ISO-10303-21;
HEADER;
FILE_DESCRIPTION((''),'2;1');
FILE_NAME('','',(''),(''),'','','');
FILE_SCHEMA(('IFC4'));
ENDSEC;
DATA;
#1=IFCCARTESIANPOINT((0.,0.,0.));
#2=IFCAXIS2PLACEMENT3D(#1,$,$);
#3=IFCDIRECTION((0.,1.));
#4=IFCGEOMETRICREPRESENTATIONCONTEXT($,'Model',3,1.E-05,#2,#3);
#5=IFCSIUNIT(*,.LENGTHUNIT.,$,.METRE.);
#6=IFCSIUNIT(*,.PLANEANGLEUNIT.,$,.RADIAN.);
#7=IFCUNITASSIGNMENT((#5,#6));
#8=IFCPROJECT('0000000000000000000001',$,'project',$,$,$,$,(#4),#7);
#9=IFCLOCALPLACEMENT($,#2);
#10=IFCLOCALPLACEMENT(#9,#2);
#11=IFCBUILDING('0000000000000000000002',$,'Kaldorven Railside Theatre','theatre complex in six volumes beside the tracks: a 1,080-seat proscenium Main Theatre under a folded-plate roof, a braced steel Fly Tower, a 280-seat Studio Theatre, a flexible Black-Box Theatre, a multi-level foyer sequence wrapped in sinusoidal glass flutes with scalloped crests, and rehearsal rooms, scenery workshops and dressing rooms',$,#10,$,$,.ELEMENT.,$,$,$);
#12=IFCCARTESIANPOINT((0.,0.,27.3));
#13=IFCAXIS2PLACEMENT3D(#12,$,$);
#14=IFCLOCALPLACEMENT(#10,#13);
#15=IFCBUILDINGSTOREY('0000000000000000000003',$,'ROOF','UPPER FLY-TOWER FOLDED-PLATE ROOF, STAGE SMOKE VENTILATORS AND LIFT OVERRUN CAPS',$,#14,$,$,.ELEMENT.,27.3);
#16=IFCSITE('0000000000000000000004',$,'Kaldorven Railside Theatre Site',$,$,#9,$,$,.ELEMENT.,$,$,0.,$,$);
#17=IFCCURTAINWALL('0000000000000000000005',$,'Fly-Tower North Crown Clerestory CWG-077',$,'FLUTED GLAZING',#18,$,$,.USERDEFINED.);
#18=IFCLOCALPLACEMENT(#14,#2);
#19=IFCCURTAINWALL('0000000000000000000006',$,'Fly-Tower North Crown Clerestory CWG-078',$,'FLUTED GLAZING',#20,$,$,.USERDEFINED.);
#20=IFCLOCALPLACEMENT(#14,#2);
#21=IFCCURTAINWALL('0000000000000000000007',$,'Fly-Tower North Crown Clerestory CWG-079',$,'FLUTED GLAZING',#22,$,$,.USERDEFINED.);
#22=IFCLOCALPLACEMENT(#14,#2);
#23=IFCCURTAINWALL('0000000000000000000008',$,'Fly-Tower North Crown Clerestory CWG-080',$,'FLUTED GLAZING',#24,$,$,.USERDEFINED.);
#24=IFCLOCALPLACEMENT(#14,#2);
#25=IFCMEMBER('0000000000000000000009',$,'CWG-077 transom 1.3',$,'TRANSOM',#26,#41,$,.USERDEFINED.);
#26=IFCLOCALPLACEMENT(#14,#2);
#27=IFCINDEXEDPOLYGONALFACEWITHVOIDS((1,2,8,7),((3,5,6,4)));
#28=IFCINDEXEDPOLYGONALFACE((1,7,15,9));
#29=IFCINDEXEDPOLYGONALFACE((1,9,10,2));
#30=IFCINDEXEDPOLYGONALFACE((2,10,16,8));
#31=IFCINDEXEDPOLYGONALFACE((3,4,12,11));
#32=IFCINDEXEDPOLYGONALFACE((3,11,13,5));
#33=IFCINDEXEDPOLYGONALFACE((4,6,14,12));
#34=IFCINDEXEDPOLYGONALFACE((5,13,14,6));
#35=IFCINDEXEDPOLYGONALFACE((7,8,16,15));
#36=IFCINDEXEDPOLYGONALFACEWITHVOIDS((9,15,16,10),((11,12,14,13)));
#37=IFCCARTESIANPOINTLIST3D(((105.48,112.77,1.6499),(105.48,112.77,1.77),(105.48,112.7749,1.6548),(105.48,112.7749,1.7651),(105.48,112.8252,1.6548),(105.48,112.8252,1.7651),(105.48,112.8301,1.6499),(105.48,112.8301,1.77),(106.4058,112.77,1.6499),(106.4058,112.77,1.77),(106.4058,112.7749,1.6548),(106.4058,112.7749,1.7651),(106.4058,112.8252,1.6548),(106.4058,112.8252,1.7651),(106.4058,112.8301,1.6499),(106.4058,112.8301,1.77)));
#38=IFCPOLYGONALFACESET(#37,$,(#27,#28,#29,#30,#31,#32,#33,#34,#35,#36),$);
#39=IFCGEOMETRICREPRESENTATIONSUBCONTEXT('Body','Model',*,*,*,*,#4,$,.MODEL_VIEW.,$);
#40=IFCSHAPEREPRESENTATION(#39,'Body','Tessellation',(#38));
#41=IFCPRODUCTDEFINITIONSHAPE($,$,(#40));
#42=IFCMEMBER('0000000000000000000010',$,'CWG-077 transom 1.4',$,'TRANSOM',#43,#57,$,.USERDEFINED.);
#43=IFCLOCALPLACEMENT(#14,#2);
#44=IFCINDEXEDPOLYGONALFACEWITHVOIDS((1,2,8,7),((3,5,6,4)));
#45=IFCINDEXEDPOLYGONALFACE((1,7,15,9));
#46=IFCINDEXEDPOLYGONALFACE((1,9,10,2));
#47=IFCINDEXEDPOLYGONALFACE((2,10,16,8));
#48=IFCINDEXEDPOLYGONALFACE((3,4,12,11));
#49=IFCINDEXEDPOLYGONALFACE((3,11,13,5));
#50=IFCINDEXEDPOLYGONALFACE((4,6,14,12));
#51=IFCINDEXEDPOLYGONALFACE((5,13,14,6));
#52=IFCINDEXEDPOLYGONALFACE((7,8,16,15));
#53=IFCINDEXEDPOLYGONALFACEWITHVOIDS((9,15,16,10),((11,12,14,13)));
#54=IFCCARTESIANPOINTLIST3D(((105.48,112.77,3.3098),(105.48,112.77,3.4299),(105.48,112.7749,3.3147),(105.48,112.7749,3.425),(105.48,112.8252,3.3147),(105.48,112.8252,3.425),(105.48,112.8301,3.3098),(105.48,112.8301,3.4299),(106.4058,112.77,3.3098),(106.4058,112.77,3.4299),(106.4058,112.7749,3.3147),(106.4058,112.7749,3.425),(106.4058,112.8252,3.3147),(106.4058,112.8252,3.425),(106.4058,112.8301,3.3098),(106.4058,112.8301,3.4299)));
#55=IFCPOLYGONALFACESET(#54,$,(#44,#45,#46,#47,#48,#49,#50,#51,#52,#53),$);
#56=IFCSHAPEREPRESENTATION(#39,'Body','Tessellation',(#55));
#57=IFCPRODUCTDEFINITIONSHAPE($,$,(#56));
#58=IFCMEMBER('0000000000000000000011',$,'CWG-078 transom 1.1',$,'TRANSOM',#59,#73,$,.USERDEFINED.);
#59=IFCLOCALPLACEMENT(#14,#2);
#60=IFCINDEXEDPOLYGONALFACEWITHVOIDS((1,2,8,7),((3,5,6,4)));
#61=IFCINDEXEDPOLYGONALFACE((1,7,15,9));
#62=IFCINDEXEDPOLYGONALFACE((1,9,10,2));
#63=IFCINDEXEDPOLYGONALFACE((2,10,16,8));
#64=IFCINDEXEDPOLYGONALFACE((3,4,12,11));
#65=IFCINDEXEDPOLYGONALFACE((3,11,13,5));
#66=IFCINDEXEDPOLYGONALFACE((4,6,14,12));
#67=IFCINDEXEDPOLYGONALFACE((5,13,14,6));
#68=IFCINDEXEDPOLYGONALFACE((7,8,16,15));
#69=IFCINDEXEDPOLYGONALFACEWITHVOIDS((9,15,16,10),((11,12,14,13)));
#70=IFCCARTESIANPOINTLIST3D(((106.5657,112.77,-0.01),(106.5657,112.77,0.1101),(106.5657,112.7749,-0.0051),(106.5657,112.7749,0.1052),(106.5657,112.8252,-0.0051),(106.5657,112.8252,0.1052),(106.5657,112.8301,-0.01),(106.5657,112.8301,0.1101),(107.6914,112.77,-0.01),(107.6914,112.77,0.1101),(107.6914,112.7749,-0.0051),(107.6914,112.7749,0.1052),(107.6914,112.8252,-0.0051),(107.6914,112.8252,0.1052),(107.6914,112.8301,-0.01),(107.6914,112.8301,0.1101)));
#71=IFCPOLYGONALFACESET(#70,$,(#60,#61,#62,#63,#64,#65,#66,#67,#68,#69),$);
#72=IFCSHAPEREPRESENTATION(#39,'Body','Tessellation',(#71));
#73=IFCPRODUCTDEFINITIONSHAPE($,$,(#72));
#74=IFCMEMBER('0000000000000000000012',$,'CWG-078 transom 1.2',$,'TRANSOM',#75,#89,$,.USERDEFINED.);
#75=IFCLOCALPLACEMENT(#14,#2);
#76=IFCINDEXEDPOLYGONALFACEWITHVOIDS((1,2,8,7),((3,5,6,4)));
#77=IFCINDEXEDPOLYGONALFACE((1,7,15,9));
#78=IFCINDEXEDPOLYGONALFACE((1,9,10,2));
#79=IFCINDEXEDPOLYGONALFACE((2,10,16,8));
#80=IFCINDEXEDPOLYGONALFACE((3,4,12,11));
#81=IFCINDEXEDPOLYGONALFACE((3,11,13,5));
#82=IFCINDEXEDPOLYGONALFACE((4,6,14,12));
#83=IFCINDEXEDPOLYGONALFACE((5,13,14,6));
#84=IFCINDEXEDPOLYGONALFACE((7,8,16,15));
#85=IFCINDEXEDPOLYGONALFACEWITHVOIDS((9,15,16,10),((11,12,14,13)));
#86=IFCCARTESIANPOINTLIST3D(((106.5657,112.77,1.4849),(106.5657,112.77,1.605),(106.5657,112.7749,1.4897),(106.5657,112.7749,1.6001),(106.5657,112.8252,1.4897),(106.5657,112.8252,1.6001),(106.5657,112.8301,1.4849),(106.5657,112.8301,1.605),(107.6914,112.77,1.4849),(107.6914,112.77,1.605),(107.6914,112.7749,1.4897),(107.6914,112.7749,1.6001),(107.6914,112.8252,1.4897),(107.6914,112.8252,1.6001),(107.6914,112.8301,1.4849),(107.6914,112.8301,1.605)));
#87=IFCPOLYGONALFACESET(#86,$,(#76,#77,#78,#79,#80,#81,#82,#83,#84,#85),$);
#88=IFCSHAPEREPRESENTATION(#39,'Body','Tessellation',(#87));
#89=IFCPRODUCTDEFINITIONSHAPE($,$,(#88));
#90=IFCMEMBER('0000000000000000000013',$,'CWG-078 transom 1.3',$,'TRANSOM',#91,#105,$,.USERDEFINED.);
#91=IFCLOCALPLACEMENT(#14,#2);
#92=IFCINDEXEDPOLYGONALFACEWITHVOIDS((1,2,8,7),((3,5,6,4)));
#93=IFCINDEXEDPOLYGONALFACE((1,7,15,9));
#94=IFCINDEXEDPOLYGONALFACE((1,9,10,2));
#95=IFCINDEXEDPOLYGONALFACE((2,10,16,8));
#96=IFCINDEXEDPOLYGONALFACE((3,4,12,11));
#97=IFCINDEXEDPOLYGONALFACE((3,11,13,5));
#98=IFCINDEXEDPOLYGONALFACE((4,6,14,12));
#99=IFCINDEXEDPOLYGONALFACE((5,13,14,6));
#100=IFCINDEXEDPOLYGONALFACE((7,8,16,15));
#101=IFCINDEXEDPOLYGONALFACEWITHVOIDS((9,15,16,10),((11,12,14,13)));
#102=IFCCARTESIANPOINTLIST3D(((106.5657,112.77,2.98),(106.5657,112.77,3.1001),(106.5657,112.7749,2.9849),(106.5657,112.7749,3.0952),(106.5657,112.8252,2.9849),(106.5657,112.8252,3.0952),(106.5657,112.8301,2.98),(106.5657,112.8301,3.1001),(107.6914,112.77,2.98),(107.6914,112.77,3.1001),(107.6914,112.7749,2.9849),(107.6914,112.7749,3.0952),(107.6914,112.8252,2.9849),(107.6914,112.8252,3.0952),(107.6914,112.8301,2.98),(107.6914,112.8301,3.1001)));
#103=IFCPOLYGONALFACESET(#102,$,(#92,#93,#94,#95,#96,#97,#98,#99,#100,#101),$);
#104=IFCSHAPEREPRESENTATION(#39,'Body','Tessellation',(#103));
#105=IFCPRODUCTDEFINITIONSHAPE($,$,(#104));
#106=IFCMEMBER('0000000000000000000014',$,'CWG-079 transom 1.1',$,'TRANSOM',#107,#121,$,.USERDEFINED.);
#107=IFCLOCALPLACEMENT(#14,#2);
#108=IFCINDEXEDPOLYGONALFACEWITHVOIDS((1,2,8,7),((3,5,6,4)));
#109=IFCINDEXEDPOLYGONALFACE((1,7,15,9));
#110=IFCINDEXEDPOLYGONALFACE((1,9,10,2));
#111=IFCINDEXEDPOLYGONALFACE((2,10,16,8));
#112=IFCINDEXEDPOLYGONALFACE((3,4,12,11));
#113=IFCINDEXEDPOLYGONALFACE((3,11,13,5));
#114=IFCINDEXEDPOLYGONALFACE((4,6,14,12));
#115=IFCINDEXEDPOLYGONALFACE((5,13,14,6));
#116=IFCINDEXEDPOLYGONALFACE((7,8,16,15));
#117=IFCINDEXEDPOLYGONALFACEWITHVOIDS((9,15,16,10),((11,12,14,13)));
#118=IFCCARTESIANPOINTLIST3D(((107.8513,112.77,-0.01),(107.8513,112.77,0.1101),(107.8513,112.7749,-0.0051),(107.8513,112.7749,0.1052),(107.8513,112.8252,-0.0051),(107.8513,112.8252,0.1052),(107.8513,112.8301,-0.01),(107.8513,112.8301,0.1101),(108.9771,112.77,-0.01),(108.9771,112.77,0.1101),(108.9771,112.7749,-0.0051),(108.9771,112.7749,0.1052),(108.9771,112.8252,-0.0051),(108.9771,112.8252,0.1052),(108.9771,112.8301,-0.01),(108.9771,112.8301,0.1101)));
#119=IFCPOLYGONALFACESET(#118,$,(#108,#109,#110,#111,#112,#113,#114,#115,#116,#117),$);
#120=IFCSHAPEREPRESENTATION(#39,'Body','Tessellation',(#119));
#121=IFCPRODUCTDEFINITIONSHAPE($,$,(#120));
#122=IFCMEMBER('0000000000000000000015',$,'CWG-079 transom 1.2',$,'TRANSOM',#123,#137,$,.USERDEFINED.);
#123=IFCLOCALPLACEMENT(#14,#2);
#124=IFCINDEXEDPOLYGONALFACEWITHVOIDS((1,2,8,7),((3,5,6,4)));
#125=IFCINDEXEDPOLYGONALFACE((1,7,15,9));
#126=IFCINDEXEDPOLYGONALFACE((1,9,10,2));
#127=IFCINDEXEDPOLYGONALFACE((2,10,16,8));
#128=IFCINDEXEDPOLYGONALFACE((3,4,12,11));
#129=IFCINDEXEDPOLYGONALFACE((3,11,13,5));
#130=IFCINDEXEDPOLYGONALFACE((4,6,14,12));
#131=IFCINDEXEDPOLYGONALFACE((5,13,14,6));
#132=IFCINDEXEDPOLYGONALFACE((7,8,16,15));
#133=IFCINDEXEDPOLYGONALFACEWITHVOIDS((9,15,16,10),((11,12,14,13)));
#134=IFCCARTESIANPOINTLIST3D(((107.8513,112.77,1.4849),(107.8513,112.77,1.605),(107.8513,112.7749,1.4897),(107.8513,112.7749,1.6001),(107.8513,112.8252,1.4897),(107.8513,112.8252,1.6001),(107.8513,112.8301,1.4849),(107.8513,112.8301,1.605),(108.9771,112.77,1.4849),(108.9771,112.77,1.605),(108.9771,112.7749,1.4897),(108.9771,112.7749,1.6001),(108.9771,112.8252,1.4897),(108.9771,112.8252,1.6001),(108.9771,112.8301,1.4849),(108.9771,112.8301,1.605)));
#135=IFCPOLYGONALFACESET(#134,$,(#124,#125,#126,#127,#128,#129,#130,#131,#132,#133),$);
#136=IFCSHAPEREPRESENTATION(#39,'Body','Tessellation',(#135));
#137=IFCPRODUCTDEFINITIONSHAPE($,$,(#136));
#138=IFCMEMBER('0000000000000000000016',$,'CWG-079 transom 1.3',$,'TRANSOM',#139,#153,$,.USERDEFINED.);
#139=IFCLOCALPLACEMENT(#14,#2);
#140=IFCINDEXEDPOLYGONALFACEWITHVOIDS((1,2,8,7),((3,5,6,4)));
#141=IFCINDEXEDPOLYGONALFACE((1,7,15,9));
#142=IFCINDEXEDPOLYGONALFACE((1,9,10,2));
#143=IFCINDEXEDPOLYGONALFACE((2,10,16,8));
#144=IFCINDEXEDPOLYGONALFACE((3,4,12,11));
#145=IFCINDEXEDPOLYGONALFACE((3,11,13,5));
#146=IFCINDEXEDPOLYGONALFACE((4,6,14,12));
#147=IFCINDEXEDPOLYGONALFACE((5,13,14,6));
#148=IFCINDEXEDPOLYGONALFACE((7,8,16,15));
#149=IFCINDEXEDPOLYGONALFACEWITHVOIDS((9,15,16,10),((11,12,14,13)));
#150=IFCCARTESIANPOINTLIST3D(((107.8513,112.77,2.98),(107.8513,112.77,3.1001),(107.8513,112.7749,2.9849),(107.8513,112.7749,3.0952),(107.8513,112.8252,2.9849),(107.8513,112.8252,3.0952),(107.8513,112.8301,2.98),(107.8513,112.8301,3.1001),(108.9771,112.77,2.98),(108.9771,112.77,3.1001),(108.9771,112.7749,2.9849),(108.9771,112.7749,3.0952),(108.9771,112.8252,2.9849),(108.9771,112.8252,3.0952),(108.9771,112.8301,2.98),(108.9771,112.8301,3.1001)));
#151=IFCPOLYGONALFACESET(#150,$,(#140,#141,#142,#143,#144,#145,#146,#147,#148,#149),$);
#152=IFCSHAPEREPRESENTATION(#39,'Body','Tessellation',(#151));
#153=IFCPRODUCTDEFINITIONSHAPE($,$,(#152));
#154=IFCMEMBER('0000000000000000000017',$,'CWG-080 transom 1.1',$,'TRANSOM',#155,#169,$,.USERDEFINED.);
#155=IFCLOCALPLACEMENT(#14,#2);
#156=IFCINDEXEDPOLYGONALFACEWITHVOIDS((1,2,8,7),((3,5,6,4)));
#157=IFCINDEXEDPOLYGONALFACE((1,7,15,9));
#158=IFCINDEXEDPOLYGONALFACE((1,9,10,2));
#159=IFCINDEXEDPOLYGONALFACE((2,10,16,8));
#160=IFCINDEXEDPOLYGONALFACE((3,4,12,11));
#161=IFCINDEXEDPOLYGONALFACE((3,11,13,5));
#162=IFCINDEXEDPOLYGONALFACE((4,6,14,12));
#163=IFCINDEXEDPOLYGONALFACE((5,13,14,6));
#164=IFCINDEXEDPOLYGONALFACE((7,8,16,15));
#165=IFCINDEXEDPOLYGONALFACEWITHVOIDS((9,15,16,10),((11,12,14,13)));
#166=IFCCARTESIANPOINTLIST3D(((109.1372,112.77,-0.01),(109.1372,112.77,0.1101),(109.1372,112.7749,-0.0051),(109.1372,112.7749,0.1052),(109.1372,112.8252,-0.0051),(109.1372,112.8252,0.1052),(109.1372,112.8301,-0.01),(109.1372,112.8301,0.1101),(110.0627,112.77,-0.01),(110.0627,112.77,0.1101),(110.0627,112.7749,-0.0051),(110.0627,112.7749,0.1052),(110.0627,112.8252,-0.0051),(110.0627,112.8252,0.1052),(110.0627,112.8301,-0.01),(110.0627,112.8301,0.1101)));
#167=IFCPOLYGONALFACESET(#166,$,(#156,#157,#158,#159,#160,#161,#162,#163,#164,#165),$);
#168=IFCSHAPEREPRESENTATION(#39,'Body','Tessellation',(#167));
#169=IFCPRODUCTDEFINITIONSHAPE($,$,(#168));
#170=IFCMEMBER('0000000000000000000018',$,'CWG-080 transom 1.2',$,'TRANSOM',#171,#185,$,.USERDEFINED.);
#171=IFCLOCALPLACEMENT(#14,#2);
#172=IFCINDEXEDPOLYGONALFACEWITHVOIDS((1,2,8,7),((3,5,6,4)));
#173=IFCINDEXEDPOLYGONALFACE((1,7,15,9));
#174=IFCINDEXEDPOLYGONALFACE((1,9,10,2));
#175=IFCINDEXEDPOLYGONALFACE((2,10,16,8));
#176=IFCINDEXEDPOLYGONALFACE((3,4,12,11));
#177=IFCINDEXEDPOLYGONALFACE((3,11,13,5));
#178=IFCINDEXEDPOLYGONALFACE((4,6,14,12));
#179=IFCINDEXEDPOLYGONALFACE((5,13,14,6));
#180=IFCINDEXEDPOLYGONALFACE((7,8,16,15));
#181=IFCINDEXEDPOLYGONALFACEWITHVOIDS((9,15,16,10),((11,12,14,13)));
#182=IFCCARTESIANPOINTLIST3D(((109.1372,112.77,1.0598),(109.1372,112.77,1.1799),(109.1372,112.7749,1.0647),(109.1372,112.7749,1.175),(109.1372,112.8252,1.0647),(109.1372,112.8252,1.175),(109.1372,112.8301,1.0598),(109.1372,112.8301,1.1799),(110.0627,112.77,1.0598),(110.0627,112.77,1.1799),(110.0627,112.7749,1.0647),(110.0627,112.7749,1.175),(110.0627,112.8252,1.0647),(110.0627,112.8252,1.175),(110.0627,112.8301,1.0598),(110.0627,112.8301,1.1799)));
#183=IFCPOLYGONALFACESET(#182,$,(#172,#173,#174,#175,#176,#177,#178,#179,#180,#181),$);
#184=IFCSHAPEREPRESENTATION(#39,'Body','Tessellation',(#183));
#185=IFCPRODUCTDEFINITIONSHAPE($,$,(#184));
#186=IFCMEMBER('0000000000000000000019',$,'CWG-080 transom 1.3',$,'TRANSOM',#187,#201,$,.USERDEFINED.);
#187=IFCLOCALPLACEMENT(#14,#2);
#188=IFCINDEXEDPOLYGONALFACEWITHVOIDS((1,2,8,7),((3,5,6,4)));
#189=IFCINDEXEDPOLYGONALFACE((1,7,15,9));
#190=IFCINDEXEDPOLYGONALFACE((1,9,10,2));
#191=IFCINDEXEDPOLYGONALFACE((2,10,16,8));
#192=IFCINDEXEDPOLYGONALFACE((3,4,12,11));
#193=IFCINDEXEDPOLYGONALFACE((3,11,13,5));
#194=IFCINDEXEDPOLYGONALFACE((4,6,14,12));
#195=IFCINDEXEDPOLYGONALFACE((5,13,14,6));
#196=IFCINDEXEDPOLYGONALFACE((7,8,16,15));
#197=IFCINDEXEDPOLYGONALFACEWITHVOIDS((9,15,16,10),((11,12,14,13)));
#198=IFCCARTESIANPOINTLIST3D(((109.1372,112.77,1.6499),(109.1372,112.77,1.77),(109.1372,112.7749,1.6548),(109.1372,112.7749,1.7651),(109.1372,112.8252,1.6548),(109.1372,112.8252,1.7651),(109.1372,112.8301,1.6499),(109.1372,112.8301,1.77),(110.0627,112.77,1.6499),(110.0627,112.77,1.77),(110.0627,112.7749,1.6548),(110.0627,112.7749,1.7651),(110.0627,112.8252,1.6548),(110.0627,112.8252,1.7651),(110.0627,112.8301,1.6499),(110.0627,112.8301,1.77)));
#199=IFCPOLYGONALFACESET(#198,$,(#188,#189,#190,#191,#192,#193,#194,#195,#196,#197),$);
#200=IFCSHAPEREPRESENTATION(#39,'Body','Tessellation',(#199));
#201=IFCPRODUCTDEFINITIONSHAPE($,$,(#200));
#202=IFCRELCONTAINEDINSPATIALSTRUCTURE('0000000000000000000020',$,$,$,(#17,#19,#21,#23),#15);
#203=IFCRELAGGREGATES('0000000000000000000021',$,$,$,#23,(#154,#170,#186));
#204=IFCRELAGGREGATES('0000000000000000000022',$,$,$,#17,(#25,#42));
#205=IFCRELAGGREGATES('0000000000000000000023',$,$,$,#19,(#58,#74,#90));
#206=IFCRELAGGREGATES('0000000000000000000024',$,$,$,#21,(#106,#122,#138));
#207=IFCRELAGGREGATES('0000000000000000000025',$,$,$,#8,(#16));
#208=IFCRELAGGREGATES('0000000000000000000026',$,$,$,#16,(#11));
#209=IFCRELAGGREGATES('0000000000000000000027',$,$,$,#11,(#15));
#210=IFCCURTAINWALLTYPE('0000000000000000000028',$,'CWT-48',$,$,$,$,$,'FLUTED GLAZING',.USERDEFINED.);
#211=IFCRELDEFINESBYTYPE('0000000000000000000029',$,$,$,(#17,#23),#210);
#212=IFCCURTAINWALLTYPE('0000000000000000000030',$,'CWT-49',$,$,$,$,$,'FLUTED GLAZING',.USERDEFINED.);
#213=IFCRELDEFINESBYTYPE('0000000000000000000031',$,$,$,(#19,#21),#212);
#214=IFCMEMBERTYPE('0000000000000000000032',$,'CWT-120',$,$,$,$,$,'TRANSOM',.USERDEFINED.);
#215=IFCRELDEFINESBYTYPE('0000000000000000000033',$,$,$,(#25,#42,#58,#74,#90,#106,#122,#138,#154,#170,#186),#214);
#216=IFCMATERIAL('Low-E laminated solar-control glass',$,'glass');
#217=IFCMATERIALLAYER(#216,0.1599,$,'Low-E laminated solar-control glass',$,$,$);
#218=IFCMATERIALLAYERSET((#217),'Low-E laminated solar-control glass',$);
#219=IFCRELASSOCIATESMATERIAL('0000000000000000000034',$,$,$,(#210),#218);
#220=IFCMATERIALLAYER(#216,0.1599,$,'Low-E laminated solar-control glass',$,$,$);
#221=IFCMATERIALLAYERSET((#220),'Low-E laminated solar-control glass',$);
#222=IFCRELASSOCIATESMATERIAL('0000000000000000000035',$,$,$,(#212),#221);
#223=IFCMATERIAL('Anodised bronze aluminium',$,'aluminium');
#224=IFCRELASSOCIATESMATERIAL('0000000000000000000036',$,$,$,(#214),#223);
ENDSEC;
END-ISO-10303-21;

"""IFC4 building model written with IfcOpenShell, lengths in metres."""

from ifc_helpers import new_model, si_unit, direction, frame, origin, origin_2d, place, context, subcontext, project, spatial, hollow_rectangle, extrude, material, layer, layer_set, material_profile, profile_set, type_object, element, aggregate, save


model = new_model("IFC4")

# Units and contexts
model_context = context("Model", 3, precision=1e-05, world=origin(), true_north=direction((0.0, 1.0)))
body_context = subcontext(model_context, "Body", "Model", "MODEL_VIEW")
ifc_project = project(units=[si_unit("LENGTHUNIT", "METRE"), si_unit("PLANEANGLEUNIT", "RADIAN")], contexts=[model_context])

# Site, building, storey
site_placement = place(None, origin())
site = spatial("IfcSite", under=ifc_project, at=site_placement, Name="Kaldorven Railside Theatre Site", CompositionType="ELEMENT", RefElevation=0.0)
building_placement = place(site_placement, origin())
building = spatial("IfcBuilding", under=site, at=building_placement, Name="Kaldorven Railside Theatre", Description="theatre complex in six volumes beside the tracks: a 1,080-seat proscenium Main Theatre under a folded-plate roof, a braced steel Fly Tower, a 280-seat Studio Theatre, a flexible Black-Box Theatre, a multi-level foyer sequence wrapped in sinusoidal glass flutes with scalloped crests, and rehearsal rooms, scenery workshops and dressing rooms", CompositionType="ELEMENT")
storey_placement = place(building_placement, frame((0.0, 0.0, 27.3)))
storey = spatial("IfcBuildingStorey", under=building, at=storey_placement, Name="ROOF", Description="UPPER FLY-TOWER FOLDED-PLATE ROOF, STAGE SMOKE VENTILATORS AND LIFT OVERRUN CAPS", CompositionType="ELEMENT", Elevation=27.3)

# Curtain walls
ifc_material_1 = material(Name="Low-E laminated solar-control glass", Category="glass")
ifc_layer_1 = layer(ifc_material_1, 0.1599, Name="Low-E laminated solar-control glass")
ifc_layer_set_1 = layer_set([ifc_layer_1], Name="Low-E laminated solar-control glass")
curtain_wall_type_1 = type_object("IfcCurtainWallType", Name="CWT-48", ElementType="FLUTED GLAZING", PredefinedType="USERDEFINED", material=ifc_layer_set_1)
curtain_wall_1_placement = place(storey_placement, origin())
curtain_wall_1 = element("IfcCurtainWall", 1, at=curtain_wall_1_placement, inside=storey, type_object=curtain_wall_type_1, Name="Fly-Tower North Crown Clerestory CWG-077", ObjectType="FLUTED GLAZING", PredefinedType="USERDEFINED")
ifc_material_2 = material(Name="Anodised bronze aluminium", Category="aluminium")
ifc_layer_2 = layer(ifc_material_1, 0.1599, Name="Low-E laminated solar-control glass")
ifc_layer_set_2 = layer_set([ifc_layer_2], Name="Low-E laminated solar-control glass")
curtain_wall_type_2 = type_object("IfcCurtainWallType", Name="CWT-49", ElementType="FLUTED GLAZING", PredefinedType="USERDEFINED", material=ifc_layer_set_2)
curtain_wall_2_placement = place(storey_placement, origin())
curtain_wall_2 = element("IfcCurtainWall", 2, at=curtain_wall_2_placement, inside=storey, type_object=curtain_wall_type_2, Name="Fly-Tower North Crown Clerestory CWG-078", ObjectType="FLUTED GLAZING", PredefinedType="USERDEFINED")
curtain_wall_3_placement = place(storey_placement, origin())
curtain_wall_3 = element("IfcCurtainWall", 3, at=curtain_wall_3_placement, inside=storey, type_object=curtain_wall_type_2, Name="Fly-Tower North Crown Clerestory CWG-079", ObjectType="FLUTED GLAZING", PredefinedType="USERDEFINED")

# Curtain wall
curtain_wall_4_placement = place(storey_placement, origin())
curtain_wall_4 = element("IfcCurtainWall", 4, at=curtain_wall_4_placement, inside=storey, type_object=curtain_wall_type_1, Name="Fly-Tower North Crown Clerestory CWG-080", ObjectType="FLUTED GLAZING", PredefinedType="USERDEFINED")

# Members
ifc_material_profile_1 = material_profile(ifc_material_2, hollow_rectangle(XDim=0.0601, YDim=0.1201, WallThickness=0.0049, at=origin_2d()), Name="RHS 120x60x5")
ifc_profile_set_1 = profile_set([ifc_material_profile_1], Name="Anodised bronze aluminium")
member_type_1 = type_object("IfcMemberType", Name="CWT-120", ElementType="TRANSOM", PredefinedType="USERDEFINED", material=ifc_profile_set_1)
member_1_placement = place(storey_placement, frame((105.48, 112.8, 1.71), z_axis=(1.0, 0.0, 0.0), x_axis=(0.0, 1.0, 0.0)))
member_1 = element("IfcMember", 5, at=member_1_placement, type_object=member_type_1, Name="CWG-077 transom 1.3", ObjectType="TRANSOM", PredefinedType="USERDEFINED", context=body_context, shape_type="SweptSolid", body=[
    extrude(hollow_rectangle(XDim=0.0601, YDim=0.1201, WallThickness=0.0049, at=origin_2d()), origin(), (0.0, 0.0, 1.0), 0.9258),
])
member_2_placement = place(storey_placement, frame((105.48, 112.8, 3.3699), z_axis=(1.0, 0.0, 0.0), x_axis=(0.0, 1.0, 0.0)))
member_2 = element("IfcMember", 6, at=member_2_placement, type_object=member_type_1, Name="CWG-077 transom 1.4", ObjectType="TRANSOM", PredefinedType="USERDEFINED", context=body_context, shape_type="SweptSolid", body=[
    extrude(hollow_rectangle(XDim=0.0601, YDim=0.1201, WallThickness=0.0049, at=origin_2d()), origin(), (0.0, 0.0, 1.0), 0.9258),
])
member_3_placement = place(storey_placement, frame((106.5657, 112.8, 0.05), z_axis=(1.0, 0.0, 0.0), x_axis=(0.0, 1.0, 0.0)))
member_3 = element("IfcMember", 7, at=member_3_placement, type_object=member_type_1, Name="CWG-078 transom 1.1", ObjectType="TRANSOM", PredefinedType="USERDEFINED", context=body_context, shape_type="SweptSolid", body=[
    extrude(hollow_rectangle(XDim=0.0601, YDim=0.1201, WallThickness=0.0049, at=origin_2d()), origin(), (0.0, 0.0, 1.0), 1.1257),
])
member_4_placement = place(storey_placement, frame((106.5657, 112.8, 1.5449), z_axis=(1.0, 0.0, 0.0), x_axis=(0.0, 1.0, 0.0)))
member_4 = element("IfcMember", 8, at=member_4_placement, type_object=member_type_1, Name="CWG-078 transom 1.2", ObjectType="TRANSOM", PredefinedType="USERDEFINED", context=body_context, shape_type="SweptSolid", body=[
    extrude(hollow_rectangle(XDim=0.0601, YDim=0.1201, WallThickness=0.0049, at=origin_2d()), origin(), (0.0, 0.0, 1.0), 1.1257),
])
member_5_placement = place(storey_placement, frame((106.5657, 112.8, 3.04), z_axis=(1.0, 0.0, 0.0), x_axis=(0.0, 1.0, 0.0)))
member_5 = element("IfcMember", 9, at=member_5_placement, type_object=member_type_1, Name="CWG-078 transom 1.3", ObjectType="TRANSOM", PredefinedType="USERDEFINED", context=body_context, shape_type="SweptSolid", body=[
    extrude(hollow_rectangle(XDim=0.0601, YDim=0.1201, WallThickness=0.0049, at=origin_2d()), origin(), (0.0, 0.0, 1.0), 1.1257),
])
member_6_placement = place(storey_placement, frame((107.8513, 112.8, 0.05), z_axis=(1.0, 0.0, 0.0), x_axis=(0.0, 1.0, 0.0)))
member_6 = element("IfcMember", 10, at=member_6_placement, type_object=member_type_1, Name="CWG-079 transom 1.1", ObjectType="TRANSOM", PredefinedType="USERDEFINED", context=body_context, shape_type="SweptSolid", body=[
    extrude(hollow_rectangle(XDim=0.0601, YDim=0.1201, WallThickness=0.0049, at=origin_2d()), origin(), (0.0, 0.0, 1.0), 1.1257),
])
member_7_placement = place(storey_placement, frame((107.8513, 112.8, 1.5449), z_axis=(1.0, 0.0, 0.0), x_axis=(0.0, 1.0, 0.0)))
member_7 = element("IfcMember", 11, at=member_7_placement, type_object=member_type_1, Name="CWG-079 transom 1.2", ObjectType="TRANSOM", PredefinedType="USERDEFINED", context=body_context, shape_type="SweptSolid", body=[
    extrude(hollow_rectangle(XDim=0.0601, YDim=0.1201, WallThickness=0.0049, at=origin_2d()), origin(), (0.0, 0.0, 1.0), 1.1257),
])
member_8_placement = place(storey_placement, frame((107.8513, 112.8, 3.04), z_axis=(1.0, 0.0, 0.0), x_axis=(0.0, 1.0, 0.0)))
member_8 = element("IfcMember", 12, at=member_8_placement, type_object=member_type_1, Name="CWG-079 transom 1.3", ObjectType="TRANSOM", PredefinedType="USERDEFINED", context=body_context, shape_type="SweptSolid", body=[
    extrude(hollow_rectangle(XDim=0.0601, YDim=0.1201, WallThickness=0.0049, at=origin_2d()), origin(), (0.0, 0.0, 1.0), 1.1257),
])
member_9_placement = place(storey_placement, frame((109.1372, 112.8, 0.05), z_axis=(1.0, 0.0, 0.0), x_axis=(0.0, 1.0, 0.0)))
member_9 = element("IfcMember", 13, at=member_9_placement, type_object=member_type_1, Name="CWG-080 transom 1.1", ObjectType="TRANSOM", PredefinedType="USERDEFINED", context=body_context, shape_type="SweptSolid", body=[
    extrude(hollow_rectangle(XDim=0.0601, YDim=0.1201, WallThickness=0.0049, at=origin_2d()), origin(), (0.0, 0.0, 1.0), 0.9255),
])
member_10_placement = place(storey_placement, frame((109.1372, 112.8, 1.1199), z_axis=(1.0, 0.0, 0.0), x_axis=(0.0, 1.0, 0.0)))
member_10 = element("IfcMember", 14, at=member_10_placement, type_object=member_type_1, Name="CWG-080 transom 1.2", ObjectType="TRANSOM", PredefinedType="USERDEFINED", context=body_context, shape_type="SweptSolid", body=[
    extrude(hollow_rectangle(XDim=0.0601, YDim=0.1201, WallThickness=0.0049, at=origin_2d()), origin(), (0.0, 0.0, 1.0), 0.9255),
])
member_11_placement = place(storey_placement, frame((109.1372, 112.8, 1.71), z_axis=(1.0, 0.0, 0.0), x_axis=(0.0, 1.0, 0.0)))
member_11 = element("IfcMember", 15, at=member_11_placement, type_object=member_type_1, Name="CWG-080 transom 1.3", ObjectType="TRANSOM", PredefinedType="USERDEFINED", context=body_context, shape_type="SweptSolid", body=[
    extrude(hollow_rectangle(XDim=0.0601, YDim=0.1201, WallThickness=0.0049, at=origin_2d()), origin(), (0.0, 0.0, 1.0), 0.9255),
])
aggregate(curtain_wall_4, [member_9, member_10, member_11])

aggregate(curtain_wall_1, [member_1, member_2])
aggregate(curtain_wall_2, [member_3, member_4, member_5])
aggregate(curtain_wall_3, [member_6, member_7, member_8])

save(model, "model.ifc")
